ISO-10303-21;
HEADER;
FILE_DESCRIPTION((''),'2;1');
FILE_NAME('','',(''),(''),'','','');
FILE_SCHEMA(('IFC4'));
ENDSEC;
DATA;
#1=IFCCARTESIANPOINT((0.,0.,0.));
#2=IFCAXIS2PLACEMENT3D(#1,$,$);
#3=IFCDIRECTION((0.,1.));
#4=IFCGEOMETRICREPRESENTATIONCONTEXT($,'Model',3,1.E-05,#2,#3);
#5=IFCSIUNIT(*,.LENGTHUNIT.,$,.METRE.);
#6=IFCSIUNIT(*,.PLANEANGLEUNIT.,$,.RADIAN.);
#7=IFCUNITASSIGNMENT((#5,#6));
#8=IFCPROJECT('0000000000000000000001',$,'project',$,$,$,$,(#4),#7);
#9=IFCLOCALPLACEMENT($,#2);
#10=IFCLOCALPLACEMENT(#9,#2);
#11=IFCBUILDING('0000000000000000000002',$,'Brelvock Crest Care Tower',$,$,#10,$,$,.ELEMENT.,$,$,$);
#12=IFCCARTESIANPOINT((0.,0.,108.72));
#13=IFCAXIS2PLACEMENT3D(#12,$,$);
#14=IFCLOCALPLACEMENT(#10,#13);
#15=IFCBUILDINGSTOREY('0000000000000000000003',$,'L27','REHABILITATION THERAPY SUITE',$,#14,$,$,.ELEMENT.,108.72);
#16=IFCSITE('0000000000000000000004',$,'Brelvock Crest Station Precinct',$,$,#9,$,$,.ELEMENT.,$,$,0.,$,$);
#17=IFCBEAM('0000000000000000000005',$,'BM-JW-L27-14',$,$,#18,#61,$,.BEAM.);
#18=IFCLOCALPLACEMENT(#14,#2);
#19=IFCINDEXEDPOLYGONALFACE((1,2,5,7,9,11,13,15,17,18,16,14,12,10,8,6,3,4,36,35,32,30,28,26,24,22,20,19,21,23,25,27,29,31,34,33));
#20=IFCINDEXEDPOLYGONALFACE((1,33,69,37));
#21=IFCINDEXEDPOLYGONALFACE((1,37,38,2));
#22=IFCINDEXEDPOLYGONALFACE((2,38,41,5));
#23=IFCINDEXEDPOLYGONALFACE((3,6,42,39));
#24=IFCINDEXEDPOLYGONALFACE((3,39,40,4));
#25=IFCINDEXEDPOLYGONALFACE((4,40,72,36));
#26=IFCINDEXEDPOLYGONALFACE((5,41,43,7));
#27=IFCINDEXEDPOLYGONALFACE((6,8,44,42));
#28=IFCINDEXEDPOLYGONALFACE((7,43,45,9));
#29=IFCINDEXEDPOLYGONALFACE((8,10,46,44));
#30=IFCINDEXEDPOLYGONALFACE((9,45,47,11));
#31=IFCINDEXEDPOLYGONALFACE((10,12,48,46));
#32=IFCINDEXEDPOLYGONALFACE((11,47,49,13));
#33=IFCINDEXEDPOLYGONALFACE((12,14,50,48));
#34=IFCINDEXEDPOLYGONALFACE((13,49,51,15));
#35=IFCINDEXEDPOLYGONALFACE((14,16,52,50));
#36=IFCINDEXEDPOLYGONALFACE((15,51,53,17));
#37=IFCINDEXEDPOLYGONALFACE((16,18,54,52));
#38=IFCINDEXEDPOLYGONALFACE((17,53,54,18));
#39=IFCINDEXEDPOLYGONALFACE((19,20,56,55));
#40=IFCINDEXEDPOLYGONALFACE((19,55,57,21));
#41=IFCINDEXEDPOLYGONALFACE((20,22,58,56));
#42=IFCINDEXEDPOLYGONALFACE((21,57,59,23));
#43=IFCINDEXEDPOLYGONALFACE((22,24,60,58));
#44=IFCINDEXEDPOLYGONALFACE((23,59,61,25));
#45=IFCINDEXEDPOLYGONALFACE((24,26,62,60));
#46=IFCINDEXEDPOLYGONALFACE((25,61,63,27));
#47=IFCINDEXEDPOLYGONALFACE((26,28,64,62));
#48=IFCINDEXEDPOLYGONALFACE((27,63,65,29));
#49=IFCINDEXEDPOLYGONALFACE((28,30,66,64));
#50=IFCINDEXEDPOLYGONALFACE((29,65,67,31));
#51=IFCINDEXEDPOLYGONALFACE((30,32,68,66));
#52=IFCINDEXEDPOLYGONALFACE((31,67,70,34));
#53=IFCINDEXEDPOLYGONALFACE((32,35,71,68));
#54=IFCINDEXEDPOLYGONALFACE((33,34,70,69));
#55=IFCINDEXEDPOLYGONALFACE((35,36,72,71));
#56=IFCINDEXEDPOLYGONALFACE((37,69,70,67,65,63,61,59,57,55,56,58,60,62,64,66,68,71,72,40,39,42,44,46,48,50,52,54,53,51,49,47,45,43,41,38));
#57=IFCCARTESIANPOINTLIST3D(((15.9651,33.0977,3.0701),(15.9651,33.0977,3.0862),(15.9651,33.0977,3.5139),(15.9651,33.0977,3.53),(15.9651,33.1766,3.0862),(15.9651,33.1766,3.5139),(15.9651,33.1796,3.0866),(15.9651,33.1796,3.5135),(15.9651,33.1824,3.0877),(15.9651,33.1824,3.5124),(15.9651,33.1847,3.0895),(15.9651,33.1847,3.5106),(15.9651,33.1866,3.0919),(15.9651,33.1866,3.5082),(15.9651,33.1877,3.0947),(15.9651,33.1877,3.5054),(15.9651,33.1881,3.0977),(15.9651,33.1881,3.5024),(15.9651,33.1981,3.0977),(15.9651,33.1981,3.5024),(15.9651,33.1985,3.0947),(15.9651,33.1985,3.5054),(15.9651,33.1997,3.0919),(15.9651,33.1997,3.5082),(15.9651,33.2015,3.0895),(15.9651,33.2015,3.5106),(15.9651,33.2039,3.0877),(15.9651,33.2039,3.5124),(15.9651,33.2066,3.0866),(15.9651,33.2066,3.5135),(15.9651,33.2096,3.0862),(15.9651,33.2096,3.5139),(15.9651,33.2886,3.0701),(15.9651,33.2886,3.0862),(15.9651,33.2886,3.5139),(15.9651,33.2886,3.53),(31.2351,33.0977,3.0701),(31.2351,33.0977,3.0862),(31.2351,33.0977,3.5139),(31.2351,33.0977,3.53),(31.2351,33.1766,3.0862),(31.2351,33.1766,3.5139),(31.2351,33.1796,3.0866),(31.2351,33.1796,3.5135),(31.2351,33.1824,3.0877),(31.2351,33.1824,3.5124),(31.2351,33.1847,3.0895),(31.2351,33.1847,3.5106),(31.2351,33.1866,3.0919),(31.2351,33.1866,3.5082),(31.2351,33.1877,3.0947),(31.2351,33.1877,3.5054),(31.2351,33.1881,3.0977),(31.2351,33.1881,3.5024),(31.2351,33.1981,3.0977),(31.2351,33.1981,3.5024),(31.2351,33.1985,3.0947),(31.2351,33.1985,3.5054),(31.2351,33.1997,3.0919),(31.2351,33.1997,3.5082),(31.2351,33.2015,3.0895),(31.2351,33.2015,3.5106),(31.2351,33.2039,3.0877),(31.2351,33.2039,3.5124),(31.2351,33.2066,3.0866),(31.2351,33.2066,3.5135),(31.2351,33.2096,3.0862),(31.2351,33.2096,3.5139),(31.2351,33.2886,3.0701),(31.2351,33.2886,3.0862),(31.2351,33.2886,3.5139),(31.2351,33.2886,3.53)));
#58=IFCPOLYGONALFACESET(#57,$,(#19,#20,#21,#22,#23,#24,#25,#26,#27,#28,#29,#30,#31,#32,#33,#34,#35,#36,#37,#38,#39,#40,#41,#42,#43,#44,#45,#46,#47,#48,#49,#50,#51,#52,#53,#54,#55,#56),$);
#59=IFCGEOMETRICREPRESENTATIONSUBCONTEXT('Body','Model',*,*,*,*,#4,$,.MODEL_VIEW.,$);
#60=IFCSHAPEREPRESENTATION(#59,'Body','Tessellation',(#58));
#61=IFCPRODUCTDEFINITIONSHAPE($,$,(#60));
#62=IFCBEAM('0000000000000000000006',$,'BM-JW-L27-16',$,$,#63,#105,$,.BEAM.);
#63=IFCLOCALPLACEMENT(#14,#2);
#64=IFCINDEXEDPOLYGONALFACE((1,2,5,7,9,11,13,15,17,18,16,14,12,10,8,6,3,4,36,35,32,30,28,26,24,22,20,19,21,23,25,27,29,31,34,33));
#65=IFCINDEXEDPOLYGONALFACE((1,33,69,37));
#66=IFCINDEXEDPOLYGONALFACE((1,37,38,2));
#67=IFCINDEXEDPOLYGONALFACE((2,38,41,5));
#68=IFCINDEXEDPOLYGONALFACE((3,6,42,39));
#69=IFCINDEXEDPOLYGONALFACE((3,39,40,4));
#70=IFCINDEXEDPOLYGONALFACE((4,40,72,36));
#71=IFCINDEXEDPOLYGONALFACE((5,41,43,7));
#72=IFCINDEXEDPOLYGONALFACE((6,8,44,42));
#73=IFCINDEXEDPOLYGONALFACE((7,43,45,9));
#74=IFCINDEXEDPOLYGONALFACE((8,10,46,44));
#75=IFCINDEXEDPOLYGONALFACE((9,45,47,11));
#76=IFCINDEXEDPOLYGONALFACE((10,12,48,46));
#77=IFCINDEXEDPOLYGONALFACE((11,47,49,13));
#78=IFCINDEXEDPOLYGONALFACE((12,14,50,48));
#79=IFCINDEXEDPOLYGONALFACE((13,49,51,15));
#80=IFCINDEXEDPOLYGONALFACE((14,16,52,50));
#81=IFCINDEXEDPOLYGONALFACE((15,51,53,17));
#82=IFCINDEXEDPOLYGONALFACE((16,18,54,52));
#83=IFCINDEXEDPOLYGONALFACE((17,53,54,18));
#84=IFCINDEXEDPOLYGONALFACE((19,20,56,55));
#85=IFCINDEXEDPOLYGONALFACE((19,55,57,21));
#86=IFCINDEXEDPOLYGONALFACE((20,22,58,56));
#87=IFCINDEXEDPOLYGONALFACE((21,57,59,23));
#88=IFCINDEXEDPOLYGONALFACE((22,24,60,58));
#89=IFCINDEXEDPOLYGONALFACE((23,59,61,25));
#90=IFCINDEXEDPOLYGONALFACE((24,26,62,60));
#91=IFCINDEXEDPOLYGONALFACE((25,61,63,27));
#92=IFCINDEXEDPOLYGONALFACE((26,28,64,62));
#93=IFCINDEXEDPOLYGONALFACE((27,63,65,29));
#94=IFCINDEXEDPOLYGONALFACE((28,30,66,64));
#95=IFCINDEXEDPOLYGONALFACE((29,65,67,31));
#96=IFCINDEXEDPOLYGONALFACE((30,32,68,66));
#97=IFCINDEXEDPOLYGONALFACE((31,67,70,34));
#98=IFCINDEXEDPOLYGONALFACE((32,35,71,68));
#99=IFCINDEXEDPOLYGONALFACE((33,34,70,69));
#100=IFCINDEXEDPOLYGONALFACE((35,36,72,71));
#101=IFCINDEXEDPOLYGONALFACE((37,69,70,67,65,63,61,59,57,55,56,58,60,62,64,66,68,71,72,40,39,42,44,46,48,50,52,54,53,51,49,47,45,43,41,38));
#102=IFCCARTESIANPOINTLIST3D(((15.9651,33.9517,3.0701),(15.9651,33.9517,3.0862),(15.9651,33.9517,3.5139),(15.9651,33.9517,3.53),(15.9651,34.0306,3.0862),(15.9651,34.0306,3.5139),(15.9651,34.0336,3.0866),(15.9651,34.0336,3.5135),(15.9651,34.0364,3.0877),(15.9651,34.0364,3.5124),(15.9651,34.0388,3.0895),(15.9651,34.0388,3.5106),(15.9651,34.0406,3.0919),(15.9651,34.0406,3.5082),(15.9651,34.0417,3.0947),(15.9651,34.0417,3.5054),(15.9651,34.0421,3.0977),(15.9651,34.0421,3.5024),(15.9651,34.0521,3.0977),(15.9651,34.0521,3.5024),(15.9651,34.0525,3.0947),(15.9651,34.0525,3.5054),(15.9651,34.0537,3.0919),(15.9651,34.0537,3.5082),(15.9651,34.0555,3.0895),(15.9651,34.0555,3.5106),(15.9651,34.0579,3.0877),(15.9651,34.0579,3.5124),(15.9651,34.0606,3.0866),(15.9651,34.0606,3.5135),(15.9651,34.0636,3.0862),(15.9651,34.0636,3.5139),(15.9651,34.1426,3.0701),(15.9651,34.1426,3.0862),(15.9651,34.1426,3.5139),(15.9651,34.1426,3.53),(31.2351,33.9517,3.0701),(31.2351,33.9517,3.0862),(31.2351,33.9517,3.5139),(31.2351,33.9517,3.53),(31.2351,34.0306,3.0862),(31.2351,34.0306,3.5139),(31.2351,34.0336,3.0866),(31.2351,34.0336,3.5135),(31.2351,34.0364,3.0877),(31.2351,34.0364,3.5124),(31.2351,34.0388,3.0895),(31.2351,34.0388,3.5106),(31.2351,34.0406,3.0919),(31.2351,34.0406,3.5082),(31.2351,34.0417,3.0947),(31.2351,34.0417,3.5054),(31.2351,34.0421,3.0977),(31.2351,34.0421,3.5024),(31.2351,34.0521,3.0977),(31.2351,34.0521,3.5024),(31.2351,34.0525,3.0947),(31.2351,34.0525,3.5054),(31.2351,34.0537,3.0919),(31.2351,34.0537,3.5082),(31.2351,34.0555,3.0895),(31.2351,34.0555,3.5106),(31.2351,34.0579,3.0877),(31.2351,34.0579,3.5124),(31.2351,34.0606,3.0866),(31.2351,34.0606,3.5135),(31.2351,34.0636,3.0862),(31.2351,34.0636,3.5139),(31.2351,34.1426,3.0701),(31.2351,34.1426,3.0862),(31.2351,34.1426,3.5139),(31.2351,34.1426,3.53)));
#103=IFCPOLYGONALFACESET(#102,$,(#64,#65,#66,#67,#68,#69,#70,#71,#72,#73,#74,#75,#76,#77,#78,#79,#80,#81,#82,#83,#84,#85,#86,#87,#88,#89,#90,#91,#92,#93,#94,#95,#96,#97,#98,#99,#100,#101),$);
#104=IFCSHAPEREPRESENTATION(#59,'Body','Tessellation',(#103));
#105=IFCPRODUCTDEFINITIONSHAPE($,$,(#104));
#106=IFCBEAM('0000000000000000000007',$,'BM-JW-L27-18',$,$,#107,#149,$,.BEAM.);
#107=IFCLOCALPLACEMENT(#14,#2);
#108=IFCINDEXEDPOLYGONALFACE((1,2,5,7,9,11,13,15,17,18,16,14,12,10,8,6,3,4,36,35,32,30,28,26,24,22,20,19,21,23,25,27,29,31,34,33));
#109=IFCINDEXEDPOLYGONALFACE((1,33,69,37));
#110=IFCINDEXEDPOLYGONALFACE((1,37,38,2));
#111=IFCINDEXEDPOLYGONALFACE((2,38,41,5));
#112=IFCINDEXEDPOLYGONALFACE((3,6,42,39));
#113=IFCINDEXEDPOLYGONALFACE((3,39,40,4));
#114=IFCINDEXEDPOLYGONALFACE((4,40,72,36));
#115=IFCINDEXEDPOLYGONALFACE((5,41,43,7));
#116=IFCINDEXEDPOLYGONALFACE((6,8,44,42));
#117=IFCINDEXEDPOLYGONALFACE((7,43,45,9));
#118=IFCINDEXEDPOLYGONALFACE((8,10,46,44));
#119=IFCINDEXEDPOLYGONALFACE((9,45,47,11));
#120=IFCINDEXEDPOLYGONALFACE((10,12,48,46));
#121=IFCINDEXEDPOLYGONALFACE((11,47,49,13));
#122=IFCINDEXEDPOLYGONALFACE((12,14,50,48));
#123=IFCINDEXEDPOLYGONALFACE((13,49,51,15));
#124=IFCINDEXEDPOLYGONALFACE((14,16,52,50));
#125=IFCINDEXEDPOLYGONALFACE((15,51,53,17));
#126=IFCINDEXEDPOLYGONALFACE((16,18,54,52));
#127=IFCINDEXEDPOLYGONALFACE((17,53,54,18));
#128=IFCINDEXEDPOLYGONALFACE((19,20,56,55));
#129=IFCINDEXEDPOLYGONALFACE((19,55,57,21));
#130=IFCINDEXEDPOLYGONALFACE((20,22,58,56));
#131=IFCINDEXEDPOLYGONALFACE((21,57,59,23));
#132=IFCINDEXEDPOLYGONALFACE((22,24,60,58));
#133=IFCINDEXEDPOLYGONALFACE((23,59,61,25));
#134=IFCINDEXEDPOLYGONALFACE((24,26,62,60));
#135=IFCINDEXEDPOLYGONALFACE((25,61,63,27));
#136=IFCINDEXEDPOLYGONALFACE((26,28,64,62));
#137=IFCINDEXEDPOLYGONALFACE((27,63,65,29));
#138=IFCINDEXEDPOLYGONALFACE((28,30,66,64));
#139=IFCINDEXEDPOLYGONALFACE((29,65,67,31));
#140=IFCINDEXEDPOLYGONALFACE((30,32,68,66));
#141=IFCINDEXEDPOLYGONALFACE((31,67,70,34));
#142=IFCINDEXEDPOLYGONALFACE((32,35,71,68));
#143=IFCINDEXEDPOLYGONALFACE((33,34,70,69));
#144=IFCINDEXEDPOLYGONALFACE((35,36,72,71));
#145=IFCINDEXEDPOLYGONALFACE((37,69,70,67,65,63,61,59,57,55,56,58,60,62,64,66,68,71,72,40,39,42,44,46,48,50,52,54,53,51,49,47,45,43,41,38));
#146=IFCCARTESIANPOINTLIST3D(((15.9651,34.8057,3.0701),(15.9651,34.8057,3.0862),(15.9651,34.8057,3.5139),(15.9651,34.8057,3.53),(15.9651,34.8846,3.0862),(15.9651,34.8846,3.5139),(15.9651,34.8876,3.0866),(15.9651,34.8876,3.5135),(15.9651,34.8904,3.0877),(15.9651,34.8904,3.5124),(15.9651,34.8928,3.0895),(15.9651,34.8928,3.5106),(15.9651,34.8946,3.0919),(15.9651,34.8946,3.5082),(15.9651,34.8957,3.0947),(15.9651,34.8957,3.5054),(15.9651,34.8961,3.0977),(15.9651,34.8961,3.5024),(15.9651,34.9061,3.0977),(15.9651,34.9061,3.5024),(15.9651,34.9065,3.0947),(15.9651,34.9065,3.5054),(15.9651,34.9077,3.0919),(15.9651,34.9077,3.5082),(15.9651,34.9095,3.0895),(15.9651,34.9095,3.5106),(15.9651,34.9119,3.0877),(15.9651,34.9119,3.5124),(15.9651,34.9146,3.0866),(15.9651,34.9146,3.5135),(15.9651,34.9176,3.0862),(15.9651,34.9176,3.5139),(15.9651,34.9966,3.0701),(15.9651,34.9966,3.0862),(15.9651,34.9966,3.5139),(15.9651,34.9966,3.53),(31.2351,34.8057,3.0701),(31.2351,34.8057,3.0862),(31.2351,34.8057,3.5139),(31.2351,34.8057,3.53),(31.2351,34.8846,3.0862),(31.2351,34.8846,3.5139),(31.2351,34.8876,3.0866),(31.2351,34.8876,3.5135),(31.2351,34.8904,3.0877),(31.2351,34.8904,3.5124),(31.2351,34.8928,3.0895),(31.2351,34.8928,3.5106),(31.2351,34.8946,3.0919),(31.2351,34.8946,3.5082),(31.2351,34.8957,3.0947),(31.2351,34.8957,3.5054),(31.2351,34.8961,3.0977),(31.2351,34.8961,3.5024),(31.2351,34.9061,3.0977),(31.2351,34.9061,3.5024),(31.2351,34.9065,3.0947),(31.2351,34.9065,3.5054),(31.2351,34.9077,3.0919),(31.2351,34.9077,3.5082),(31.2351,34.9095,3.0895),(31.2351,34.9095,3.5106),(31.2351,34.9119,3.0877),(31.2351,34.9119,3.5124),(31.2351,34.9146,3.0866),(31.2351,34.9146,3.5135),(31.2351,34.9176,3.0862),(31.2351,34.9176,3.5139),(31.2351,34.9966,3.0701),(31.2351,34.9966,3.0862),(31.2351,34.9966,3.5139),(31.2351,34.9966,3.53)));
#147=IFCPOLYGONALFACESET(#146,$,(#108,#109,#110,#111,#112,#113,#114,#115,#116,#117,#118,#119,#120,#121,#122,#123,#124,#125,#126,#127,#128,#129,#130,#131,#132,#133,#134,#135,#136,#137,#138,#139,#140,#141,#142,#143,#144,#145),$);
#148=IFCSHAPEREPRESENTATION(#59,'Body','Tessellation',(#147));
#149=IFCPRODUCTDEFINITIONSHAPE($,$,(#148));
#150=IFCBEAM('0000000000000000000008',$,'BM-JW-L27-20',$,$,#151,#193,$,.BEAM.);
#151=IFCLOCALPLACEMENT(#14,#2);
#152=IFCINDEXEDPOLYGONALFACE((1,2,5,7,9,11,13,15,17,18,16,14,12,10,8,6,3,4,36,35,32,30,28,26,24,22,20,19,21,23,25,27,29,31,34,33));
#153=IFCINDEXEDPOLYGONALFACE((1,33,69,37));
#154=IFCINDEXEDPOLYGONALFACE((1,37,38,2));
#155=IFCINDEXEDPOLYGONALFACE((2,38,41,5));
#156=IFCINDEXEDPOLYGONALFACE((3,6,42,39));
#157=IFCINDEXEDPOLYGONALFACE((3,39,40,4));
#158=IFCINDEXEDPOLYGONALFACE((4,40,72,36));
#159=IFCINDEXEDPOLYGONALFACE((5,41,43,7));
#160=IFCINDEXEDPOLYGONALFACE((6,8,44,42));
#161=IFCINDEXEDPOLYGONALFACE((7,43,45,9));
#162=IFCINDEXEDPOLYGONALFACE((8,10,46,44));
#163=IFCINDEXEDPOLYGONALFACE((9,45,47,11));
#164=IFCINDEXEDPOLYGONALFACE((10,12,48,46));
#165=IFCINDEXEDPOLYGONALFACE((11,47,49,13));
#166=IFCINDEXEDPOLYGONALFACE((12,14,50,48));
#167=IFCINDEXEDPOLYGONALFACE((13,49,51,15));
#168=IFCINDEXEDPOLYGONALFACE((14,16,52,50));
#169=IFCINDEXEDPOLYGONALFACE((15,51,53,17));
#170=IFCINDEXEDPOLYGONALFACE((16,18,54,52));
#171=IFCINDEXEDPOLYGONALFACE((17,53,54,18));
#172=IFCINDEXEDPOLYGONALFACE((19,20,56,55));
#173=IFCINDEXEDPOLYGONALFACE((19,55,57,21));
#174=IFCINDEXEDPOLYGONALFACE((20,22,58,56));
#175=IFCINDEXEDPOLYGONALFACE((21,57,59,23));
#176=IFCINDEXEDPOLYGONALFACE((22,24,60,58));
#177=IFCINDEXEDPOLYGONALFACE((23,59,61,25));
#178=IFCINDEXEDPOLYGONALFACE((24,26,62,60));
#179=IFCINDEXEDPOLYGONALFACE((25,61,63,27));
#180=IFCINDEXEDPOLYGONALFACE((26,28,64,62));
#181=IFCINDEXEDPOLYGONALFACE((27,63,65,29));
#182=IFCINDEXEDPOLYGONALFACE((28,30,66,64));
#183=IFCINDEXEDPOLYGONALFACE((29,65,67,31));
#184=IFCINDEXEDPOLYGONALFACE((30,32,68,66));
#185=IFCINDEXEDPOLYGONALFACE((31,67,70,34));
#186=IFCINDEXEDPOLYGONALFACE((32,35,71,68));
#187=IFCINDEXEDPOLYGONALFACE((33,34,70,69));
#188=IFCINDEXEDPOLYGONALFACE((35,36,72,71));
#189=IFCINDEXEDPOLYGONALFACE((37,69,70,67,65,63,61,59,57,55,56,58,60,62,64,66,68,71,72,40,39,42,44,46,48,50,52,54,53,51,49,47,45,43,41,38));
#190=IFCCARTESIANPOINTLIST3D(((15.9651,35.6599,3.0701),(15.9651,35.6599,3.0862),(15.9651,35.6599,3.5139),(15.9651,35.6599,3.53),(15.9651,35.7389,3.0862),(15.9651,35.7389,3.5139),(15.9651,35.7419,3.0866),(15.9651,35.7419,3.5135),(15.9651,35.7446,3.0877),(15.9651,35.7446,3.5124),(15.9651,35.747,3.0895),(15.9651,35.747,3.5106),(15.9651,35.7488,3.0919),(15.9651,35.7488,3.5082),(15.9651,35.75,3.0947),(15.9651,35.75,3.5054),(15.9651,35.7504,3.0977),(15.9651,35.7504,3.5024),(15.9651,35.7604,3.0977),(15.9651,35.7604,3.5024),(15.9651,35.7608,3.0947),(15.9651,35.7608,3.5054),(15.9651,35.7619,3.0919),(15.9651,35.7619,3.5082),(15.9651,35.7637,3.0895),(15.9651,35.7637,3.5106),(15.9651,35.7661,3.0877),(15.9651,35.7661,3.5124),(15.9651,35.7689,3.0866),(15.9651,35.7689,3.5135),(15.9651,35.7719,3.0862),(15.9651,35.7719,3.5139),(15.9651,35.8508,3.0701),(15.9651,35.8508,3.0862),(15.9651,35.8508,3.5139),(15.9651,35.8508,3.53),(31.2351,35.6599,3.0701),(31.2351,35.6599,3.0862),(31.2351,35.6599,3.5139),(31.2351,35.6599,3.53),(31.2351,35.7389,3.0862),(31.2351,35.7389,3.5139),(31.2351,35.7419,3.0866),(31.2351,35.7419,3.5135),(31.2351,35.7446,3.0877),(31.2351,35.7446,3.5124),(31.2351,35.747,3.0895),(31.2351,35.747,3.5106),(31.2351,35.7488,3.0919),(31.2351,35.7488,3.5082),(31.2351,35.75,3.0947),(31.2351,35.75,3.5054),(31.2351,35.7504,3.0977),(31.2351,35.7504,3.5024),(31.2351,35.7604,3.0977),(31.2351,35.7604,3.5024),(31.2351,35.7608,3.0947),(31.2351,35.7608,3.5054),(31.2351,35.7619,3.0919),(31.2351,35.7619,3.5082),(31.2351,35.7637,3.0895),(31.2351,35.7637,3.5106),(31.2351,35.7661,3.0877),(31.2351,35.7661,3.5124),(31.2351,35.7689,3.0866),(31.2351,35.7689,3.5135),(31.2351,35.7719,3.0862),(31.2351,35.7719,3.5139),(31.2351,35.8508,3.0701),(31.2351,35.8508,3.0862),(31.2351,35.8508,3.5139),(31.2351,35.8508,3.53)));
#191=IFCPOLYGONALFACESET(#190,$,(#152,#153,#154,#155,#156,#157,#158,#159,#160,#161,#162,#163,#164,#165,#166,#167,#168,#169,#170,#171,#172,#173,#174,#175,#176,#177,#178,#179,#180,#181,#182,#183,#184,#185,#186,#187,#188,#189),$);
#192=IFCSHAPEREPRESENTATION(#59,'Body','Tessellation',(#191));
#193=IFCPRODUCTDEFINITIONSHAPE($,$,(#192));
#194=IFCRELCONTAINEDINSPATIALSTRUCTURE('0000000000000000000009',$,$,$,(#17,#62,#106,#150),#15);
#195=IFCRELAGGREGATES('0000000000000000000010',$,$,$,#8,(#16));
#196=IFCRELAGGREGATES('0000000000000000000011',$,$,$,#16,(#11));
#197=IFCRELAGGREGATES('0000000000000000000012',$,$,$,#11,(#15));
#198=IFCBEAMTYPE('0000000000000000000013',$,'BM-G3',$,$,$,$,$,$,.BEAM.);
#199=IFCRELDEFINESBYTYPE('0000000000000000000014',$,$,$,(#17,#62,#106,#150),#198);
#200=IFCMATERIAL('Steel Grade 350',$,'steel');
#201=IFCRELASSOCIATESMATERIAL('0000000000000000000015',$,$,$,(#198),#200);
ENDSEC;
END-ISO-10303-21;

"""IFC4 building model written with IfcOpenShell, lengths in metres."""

from ifc_helpers import new_model, si_unit, direction, frame, origin, origin_2d, place, context, subcontext, project, spatial, i_section, extrude, source, transform, mapped, material, material_profile, profile_set, type_object, element, save


model = new_model("IFC4")

# Units and contexts
model_context = context("Model", 3, precision=1e-05, world=origin(), true_north=direction((0.0, 1.0)))
body_context = subcontext(model_context, "Body", "Model", "MODEL_VIEW")
ifc_project = project(units=[si_unit("LENGTHUNIT", "METRE"), si_unit("PLANEANGLEUNIT", "RADIAN")], contexts=[model_context])

# Site, building, storey
site_placement = place(None, origin())
site = spatial("IfcSite", under=ifc_project, at=site_placement, Name="Brelvock Crest Station Precinct", CompositionType="ELEMENT", RefElevation=0.0)
building_placement = place(site_placement, origin())
building = spatial("IfcBuilding", under=site, at=building_placement, Name="Brelvock Crest Care Tower", CompositionType="ELEMENT")
storey_placement = place(building_placement, frame((0.0, 0.0, 108.72)))
storey = spatial("IfcBuildingStorey", under=building, at=storey_placement, Name="L27", Description="REHABILITATION THERAPY SUITE", CompositionType="ELEMENT", Elevation=108.72)

# Shared definitions
ifc_material_1 = material(Name="Steel Grade 350", Category="steel")

# Beams
ifc_material_profile_1 = material_profile(ifc_material_1, i_section(OverallWidth=0.1909, OverallDepth=0.46, WebThickness=0.01, FlangeThickness=0.0161, FilletRadius=0.0115, at=origin_2d()), Name="460UB82.1")
ifc_profile_set_1 = profile_set([ifc_material_profile_1], Name="Steel Grade 350")
beam_type_1 = type_object("IfcBeamType", Name="BM-G3", PredefinedType="BEAM", material=ifc_profile_set_1)
shared_shape_1 = source(origin(), body_context, "Body", "SweptSolid", [
    extrude(i_section(OverallWidth=0.1909, OverallDepth=0.46, WebThickness=0.01, FlangeThickness=0.0161, FilletRadius=0.0115, at=origin_2d()), origin(), (0.0, 0.0, 1.0), 15.27),
])
for number, where, z_axis, x_axis, name in (
    (1, (15.9651, 33.1931, 3.3), (1.0, 0.0, 0.0), (0.0, 1.0, 0.0), "BM-JW-L27-14"),
    (2, (15.9651, 34.0471, 3.3), (1.0, 0.0, 0.0), (0.0, 1.0, 0.0), "BM-JW-L27-16"),
    (3, (15.9651, 34.9011, 3.3), (1.0, 0.0, 0.0), (0.0, 1.0, 0.0), "BM-JW-L27-18"),
    (4, (15.9651, 35.7554, 3.3), (1.0, 0.0, 0.0), (0.0, 1.0, 0.0), "BM-JW-L27-20"),
):
    element("IfcBeam", number, at=place(storey_placement, frame(where, z_axis=z_axis, x_axis=x_axis)), inside=storey, type_object=beam_type_1, Name=name, PredefinedType="BEAM", context=body_context, shape_type="MappedRepresentation", body=[
        mapped(shared_shape_1, transform((0.0, 0.0, 0.0), x_axis=(1.0, 0.0, 0.0), y_axis=(0.0, 1.0, 0.0), z_axis=(0.0, 0.0, 1.0), scale=1.0)),
    ])

save(model, "model.ifc")
